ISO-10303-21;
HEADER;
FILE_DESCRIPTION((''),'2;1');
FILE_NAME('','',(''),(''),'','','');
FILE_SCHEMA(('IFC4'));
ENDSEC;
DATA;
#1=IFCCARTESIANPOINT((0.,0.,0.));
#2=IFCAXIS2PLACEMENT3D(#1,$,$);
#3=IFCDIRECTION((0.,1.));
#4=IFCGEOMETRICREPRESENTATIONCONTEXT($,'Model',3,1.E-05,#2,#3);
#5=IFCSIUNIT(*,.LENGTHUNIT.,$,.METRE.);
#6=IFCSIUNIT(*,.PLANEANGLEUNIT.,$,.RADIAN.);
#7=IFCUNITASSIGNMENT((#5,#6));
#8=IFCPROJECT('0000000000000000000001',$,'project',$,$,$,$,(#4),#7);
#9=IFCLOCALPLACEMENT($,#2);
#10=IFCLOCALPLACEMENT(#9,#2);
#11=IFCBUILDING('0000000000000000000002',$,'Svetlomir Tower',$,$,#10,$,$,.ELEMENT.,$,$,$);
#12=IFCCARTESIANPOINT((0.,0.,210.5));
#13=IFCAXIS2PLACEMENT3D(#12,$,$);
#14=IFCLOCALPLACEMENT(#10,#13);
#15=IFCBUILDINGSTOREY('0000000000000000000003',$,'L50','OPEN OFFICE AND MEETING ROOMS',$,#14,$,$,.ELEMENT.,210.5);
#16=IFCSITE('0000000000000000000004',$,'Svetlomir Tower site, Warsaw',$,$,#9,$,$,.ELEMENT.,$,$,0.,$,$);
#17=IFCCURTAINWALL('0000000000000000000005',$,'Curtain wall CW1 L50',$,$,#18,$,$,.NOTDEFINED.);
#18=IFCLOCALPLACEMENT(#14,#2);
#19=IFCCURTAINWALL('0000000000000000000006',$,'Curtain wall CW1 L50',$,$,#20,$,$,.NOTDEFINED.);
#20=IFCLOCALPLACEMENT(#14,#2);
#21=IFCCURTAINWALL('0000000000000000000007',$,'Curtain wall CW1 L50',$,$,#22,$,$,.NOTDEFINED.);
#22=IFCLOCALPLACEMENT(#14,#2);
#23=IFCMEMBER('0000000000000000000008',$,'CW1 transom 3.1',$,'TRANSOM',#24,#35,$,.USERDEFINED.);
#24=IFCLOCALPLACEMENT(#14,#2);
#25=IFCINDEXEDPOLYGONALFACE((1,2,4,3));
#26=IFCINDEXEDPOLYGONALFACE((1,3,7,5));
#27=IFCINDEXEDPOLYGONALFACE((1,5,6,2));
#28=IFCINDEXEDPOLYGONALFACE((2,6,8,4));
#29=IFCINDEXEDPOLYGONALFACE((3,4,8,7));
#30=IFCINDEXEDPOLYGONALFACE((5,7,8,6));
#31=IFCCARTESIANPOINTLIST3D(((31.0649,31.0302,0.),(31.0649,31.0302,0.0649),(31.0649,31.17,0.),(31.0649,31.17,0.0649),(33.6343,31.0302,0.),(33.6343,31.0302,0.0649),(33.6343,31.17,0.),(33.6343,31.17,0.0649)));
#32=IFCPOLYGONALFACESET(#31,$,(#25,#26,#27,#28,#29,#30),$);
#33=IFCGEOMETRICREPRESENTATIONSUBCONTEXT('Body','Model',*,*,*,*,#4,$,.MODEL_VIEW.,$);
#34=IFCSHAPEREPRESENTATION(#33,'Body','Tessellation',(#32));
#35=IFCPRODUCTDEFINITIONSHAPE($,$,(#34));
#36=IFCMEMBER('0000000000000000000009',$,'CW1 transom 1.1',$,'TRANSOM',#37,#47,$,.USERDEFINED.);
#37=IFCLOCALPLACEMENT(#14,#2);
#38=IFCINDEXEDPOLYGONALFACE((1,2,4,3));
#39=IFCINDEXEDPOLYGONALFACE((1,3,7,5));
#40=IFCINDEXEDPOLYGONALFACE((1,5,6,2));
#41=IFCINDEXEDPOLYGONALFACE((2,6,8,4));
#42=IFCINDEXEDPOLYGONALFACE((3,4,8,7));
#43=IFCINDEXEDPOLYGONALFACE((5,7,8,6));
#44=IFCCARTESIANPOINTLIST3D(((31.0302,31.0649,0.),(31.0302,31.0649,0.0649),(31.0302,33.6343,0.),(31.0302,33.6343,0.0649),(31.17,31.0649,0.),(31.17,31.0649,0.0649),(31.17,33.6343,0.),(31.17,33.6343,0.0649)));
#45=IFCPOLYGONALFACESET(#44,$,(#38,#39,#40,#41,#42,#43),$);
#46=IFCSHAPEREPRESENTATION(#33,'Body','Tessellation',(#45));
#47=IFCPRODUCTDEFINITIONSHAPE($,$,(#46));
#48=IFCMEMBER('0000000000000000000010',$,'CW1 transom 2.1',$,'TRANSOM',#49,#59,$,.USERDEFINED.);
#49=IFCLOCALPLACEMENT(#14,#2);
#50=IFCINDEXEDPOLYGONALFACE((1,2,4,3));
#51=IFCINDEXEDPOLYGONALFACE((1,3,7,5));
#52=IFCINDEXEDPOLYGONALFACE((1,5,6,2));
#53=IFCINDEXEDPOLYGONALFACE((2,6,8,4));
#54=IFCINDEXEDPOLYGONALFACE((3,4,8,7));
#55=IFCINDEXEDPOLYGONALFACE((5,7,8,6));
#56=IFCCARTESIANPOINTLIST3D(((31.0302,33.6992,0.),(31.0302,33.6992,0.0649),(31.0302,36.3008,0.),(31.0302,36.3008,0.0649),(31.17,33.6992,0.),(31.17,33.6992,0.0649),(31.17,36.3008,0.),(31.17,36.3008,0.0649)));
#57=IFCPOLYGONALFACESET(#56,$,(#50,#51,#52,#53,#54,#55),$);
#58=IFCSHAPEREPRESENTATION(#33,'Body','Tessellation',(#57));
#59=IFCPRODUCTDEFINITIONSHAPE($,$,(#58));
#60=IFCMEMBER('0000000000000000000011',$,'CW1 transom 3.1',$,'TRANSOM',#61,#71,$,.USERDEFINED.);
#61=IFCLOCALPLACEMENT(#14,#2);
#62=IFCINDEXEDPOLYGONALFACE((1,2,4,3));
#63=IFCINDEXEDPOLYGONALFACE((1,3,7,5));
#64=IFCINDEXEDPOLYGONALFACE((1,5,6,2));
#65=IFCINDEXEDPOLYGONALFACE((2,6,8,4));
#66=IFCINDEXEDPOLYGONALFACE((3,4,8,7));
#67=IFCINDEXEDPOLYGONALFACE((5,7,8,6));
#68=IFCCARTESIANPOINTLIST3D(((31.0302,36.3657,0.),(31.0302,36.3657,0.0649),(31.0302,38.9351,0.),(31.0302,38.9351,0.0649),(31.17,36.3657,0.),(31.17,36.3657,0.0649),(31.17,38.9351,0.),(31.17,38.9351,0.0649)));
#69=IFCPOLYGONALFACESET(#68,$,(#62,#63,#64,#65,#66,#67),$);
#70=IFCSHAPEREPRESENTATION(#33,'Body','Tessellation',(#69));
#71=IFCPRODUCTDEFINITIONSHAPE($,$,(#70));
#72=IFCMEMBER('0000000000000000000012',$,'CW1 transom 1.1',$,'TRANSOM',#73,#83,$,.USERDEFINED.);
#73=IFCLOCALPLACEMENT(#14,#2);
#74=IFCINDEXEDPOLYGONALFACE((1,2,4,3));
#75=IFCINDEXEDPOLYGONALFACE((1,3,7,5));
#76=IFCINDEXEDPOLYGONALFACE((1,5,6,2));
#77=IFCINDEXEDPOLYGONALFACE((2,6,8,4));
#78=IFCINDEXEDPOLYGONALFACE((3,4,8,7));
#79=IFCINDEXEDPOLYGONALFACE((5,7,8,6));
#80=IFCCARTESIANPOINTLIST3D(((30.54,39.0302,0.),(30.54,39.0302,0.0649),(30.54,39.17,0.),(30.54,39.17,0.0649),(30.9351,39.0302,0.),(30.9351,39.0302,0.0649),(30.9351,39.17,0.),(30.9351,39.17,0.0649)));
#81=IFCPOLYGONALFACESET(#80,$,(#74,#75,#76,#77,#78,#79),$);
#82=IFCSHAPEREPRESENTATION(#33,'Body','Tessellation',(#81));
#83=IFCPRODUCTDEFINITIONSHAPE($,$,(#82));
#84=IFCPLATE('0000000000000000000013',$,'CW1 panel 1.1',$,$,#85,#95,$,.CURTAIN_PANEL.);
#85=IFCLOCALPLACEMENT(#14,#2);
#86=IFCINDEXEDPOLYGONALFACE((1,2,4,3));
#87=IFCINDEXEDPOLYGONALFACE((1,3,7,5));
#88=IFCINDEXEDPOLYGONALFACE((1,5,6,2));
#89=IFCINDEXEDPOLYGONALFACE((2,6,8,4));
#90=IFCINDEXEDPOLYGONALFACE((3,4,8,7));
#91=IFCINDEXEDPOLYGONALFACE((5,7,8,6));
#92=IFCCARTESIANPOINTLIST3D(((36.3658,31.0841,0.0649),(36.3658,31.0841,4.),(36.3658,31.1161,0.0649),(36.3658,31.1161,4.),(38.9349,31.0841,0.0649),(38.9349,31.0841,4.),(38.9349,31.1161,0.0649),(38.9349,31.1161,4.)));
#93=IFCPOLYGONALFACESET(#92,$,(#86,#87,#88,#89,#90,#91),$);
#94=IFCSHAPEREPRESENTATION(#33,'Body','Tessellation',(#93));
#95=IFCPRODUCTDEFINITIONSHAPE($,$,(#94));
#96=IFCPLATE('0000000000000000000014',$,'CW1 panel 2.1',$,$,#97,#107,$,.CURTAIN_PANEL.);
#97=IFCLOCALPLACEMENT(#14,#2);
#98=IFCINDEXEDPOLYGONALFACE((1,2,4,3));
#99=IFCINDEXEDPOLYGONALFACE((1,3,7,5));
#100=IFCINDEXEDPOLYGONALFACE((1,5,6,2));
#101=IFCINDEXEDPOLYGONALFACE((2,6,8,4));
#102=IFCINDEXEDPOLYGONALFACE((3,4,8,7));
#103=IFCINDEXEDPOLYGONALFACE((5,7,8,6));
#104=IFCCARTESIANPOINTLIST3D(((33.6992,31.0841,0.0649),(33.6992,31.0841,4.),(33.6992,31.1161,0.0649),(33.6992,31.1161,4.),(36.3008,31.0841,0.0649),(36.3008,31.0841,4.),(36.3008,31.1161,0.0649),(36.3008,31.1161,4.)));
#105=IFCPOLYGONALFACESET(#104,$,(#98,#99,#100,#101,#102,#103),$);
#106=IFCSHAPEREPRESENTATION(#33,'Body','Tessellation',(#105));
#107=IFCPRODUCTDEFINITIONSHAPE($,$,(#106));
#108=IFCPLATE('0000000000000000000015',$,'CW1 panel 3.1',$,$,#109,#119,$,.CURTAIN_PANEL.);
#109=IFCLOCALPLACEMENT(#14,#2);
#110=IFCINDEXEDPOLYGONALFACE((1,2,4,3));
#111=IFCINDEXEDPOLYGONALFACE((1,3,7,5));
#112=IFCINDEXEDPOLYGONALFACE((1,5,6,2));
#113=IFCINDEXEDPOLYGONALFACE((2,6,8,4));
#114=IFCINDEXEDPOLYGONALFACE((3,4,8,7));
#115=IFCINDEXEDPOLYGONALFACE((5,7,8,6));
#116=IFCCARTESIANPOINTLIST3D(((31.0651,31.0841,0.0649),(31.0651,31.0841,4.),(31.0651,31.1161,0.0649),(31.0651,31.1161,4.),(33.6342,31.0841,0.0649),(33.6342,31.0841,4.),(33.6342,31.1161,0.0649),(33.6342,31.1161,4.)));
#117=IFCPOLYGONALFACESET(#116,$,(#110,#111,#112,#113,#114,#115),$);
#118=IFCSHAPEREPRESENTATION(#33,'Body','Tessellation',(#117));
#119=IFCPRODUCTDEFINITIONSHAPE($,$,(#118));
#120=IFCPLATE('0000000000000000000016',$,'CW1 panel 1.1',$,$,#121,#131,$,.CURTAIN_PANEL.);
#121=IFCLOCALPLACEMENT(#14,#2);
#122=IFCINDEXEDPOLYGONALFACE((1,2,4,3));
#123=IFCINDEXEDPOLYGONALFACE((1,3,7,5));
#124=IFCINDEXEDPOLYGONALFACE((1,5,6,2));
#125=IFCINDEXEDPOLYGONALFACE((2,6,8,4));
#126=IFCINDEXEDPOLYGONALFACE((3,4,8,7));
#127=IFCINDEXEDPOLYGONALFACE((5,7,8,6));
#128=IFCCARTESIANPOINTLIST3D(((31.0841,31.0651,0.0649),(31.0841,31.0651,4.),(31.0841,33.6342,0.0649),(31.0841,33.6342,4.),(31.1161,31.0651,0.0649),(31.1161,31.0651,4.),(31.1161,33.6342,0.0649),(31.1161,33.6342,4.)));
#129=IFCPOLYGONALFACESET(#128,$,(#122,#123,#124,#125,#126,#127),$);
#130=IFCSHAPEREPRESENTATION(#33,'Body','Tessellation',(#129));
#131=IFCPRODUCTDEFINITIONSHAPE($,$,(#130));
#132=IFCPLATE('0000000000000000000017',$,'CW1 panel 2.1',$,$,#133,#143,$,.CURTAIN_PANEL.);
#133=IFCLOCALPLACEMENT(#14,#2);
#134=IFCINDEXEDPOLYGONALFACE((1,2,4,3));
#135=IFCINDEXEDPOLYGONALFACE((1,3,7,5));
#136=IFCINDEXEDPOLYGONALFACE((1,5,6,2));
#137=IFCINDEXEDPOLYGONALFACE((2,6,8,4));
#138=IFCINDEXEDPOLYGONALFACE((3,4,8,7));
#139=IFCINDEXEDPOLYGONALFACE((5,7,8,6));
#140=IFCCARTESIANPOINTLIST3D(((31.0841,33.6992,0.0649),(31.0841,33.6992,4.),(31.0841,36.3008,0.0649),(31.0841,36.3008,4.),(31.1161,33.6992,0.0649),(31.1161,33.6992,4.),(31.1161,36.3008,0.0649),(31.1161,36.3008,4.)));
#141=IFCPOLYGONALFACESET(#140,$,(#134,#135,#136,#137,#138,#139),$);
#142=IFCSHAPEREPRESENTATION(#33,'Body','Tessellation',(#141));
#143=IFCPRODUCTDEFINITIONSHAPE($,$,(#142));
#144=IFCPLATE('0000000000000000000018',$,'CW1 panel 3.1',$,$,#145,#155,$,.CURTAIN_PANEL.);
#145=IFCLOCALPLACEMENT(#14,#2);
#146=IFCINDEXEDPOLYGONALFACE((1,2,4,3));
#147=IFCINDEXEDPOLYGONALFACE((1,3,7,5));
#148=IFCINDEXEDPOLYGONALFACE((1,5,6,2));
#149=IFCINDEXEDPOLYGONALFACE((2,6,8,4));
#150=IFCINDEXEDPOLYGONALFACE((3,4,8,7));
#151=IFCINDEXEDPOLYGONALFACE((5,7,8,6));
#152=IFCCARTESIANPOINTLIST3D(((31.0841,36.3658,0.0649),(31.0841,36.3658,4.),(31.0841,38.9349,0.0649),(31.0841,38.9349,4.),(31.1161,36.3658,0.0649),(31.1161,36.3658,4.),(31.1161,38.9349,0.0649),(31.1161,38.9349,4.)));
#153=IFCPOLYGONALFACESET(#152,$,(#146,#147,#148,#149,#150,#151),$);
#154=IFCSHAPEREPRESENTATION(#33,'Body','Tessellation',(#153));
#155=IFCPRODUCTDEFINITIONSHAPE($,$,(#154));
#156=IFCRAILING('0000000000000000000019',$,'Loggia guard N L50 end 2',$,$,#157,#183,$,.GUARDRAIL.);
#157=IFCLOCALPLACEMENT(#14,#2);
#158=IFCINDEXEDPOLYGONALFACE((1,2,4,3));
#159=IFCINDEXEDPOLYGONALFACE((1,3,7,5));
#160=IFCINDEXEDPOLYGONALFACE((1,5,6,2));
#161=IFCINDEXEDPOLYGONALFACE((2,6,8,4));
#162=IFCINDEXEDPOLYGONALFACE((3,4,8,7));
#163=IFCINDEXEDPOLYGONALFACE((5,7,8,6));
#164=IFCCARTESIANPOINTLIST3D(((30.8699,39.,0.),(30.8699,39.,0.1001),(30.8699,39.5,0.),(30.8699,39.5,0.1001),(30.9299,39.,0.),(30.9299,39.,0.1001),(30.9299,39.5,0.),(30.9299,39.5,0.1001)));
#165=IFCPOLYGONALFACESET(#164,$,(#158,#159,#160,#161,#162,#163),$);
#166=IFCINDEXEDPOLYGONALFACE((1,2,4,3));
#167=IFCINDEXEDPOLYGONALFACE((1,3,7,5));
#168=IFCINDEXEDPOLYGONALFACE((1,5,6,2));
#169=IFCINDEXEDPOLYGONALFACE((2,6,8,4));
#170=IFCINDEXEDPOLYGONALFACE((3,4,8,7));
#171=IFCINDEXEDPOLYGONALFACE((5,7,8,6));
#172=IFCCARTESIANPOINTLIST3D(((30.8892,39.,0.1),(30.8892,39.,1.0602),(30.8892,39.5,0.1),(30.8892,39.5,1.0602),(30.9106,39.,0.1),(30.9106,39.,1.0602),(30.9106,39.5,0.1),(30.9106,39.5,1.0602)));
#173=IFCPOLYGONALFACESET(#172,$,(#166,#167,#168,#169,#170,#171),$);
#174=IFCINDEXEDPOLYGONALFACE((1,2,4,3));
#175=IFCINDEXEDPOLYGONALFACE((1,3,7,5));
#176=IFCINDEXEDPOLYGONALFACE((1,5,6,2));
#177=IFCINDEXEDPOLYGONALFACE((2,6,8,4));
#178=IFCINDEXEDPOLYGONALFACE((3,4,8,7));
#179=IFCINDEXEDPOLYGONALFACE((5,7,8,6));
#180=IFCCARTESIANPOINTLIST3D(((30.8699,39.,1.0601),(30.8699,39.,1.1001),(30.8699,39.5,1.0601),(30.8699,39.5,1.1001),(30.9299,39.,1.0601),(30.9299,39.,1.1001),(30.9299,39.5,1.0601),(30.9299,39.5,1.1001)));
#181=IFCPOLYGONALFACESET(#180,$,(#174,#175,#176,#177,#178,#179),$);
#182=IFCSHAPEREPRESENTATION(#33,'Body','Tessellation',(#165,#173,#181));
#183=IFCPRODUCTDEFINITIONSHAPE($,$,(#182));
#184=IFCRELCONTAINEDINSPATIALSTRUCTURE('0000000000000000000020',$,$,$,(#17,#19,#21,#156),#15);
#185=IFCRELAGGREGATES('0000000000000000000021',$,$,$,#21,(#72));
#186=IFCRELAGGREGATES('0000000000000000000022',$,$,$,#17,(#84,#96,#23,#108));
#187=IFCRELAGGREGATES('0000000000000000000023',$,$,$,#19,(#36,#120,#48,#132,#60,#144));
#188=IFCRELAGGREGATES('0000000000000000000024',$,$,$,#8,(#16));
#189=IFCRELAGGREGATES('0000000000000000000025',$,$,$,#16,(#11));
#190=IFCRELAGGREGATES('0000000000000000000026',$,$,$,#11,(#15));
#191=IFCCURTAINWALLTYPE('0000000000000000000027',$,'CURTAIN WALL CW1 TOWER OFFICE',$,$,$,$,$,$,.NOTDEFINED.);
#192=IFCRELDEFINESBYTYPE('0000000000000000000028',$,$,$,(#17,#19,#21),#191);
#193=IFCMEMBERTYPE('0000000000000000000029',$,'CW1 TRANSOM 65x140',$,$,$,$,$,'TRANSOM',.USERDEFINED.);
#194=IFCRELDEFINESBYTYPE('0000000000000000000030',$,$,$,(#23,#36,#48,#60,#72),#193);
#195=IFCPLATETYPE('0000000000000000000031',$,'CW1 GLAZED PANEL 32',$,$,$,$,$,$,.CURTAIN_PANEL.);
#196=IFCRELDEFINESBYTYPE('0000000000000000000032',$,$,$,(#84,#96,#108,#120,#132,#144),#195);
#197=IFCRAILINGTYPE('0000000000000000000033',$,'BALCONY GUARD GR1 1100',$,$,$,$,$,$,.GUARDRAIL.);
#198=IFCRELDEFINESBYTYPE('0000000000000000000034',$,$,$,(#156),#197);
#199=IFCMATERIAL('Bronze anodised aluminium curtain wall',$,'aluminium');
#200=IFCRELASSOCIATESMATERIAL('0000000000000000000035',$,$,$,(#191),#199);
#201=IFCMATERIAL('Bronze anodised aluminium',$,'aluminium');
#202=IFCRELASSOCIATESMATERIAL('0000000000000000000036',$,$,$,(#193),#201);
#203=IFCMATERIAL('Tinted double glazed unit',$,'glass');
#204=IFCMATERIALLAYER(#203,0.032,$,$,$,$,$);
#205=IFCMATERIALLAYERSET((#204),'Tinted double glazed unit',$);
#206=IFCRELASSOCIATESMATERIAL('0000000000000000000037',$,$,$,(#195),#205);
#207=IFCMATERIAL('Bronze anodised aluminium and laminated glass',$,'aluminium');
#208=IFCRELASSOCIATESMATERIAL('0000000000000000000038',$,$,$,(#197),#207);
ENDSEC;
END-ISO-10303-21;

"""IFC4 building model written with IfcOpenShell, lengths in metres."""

from ifc_helpers import new_model, si_unit, direction, frame, origin, origin_2d, place, context, subcontext, project, spatial, rectangle, extrude, material, layer, layer_set, material_profile, profile_set, type_object, element, aggregate, save


model = new_model("IFC4")

# Units and contexts
model_context = context("Model", 3, precision=1e-05, world=origin(), true_north=direction((0.0, 1.0)))
body_context = subcontext(model_context, "Body", "Model", "MODEL_VIEW")
ifc_project = project(units=[si_unit("LENGTHUNIT", "METRE"), si_unit("PLANEANGLEUNIT", "RADIAN")], contexts=[model_context])

# Site, building, storey
site_placement = place(None, origin())
site = spatial("IfcSite", under=ifc_project, at=site_placement, Name="Svetlomir Tower site, Warsaw", CompositionType="ELEMENT", RefElevation=0.0)
building_placement = place(site_placement, origin())
building = spatial("IfcBuilding", under=site, at=building_placement, Name="Svetlomir Tower", CompositionType="ELEMENT")
storey_placement = place(building_placement, frame((0.0, 0.0, 210.5)))
storey = spatial("IfcBuildingStorey", under=building, at=storey_placement, Name="L50", Description="OPEN OFFICE AND MEETING ROOMS", CompositionType="ELEMENT", Elevation=210.5)

# Curtain walls
ifc_material_1 = material(Name="Bronze anodised aluminium curtain wall", Category="aluminium")
curtain_wall_type = type_object("IfcCurtainWallType", Name="CURTAIN WALL CW1 TOWER OFFICE", PredefinedType="NOTDEFINED", material=ifc_material_1)
curtain_wall_1_placement = place(storey_placement, origin())
curtain_wall_1 = element("IfcCurtainWall", 1, at=curtain_wall_1_placement, inside=storey, type_object=curtain_wall_type, Name="Curtain wall CW1 L50", PredefinedType="NOTDEFINED")
curtain_wall_2_placement = place(storey_placement, origin())
curtain_wall_2 = element("IfcCurtainWall", 2, at=curtain_wall_2_placement, inside=storey, type_object=curtain_wall_type, Name="Curtain wall CW1 L50", PredefinedType="NOTDEFINED")

# Curtain wall
curtain_wall_3_placement = place(storey_placement, origin())
curtain_wall_3 = element("IfcCurtainWall", 3, at=curtain_wall_3_placement, inside=storey, type_object=curtain_wall_type, Name="Curtain wall CW1 L50", PredefinedType="NOTDEFINED")

# Members
ifc_material_2 = material(Name="Bronze anodised aluminium", Category="aluminium")
ifc_material_profile_1 = material_profile(ifc_material_2, rectangle(XDim=0.1399, YDim=0.0649, at=origin_2d()), Name="AL 140x65")
ifc_profile_set_1 = profile_set([ifc_material_profile_1], Name="Bronze anodised aluminium 6063-T6")
member_type_1 = type_object("IfcMemberType", Name="CW1 TRANSOM 65x140", ElementType="TRANSOM", PredefinedType="USERDEFINED", material=ifc_profile_set_1)
member_1_placement = place(storey_placement, frame((33.6343, 31.1001, 0.0325), z_axis=(-1.0, 0.0, 0.0), x_axis=(0.0, -1.0, 0.0)))
member_1 = element("IfcMember", 4, at=member_1_placement, type_object=member_type_1, Name="CW1 transom 3.1", ObjectType="TRANSOM", PredefinedType="USERDEFINED", context=body_context, shape_type="SweptSolid", body=[
    extrude(rectangle(XDim=0.1399, YDim=0.0649, at=origin_2d()), origin(), (0.0, 0.0, 1.0), 2.5693),
])
member_2_placement = place(storey_placement, frame((31.1001, 31.0649, 0.0325), z_axis=(0.0, 1.0, 0.0), x_axis=(-1.0, 0.0, 0.0)))
member_2 = element("IfcMember", 5, at=member_2_placement, type_object=member_type_1, Name="CW1 transom 1.1", ObjectType="TRANSOM", PredefinedType="USERDEFINED", context=body_context, shape_type="SweptSolid", body=[
    extrude(rectangle(XDim=0.1399, YDim=0.0649, at=origin_2d()), origin(), (0.0, 0.0, 1.0), 2.5693),
])
member_3_placement = place(storey_placement, frame((31.1001, 33.6992, 0.0325), z_axis=(0.0, 1.0, 0.0), x_axis=(-1.0, 0.0, 0.0)))
member_3 = element("IfcMember", 6, at=member_3_placement, type_object=member_type_1, Name="CW1 transom 2.1", ObjectType="TRANSOM", PredefinedType="USERDEFINED", context=body_context, shape_type="SweptSolid", body=[
    extrude(rectangle(XDim=0.1399, YDim=0.0649, at=origin_2d()), origin(), (0.0, 0.0, 1.0), 2.6016),
])
member_4_placement = place(storey_placement, frame((31.1001, 36.3657, 0.0325), z_axis=(0.0, 1.0, 0.0), x_axis=(-1.0, 0.0, 0.0)))
member_4 = element("IfcMember", 7, at=member_4_placement, type_object=member_type_1, Name="CW1 transom 3.1", ObjectType="TRANSOM", PredefinedType="USERDEFINED", context=body_context, shape_type="SweptSolid", body=[
    extrude(rectangle(XDim=0.1399, YDim=0.0649, at=origin_2d()), origin(), (0.0, 0.0, 1.0), 2.5693),
])
member_5_placement = place(storey_placement, frame((30.9351, 39.1001, 0.0325), z_axis=(-1.0, 0.0, 0.0), x_axis=(0.0, -1.0, 0.0)))
member_5 = element("IfcMember", 8, at=member_5_placement, type_object=member_type_1, Name="CW1 transom 1.1", ObjectType="TRANSOM", PredefinedType="USERDEFINED", context=body_context, shape_type="SweptSolid", body=[
    extrude(rectangle(XDim=0.1399, YDim=0.0649, at=origin_2d()), origin(), (0.0, 0.0, 1.0), 0.395),
])
aggregate(curtain_wall_3, [member_5])

# Plates
ifc_material_3 = material(Name="Tinted double glazed unit", Category="glass")
ifc_layer = layer(ifc_material_3, 0.032)
ifc_layer_set = layer_set([ifc_layer], Name="Tinted double glazed unit")
plate_type = type_object("IfcPlateType", Name="CW1 GLAZED PANEL 32", PredefinedType="CURTAIN_PANEL", material=ifc_layer_set)
plate_1_placement = place(storey_placement, frame((37.6504, 31.1001, 0.0649), z_axis=(0.0, 0.0, 1.0), x_axis=(-1.0, 0.0, 0.0)))
plate_1 = element("IfcPlate", 9, at=plate_1_placement, type_object=plate_type, Name="CW1 panel 1.1", PredefinedType="CURTAIN_PANEL", context=body_context, shape_type="SweptSolid", body=[
    extrude(rectangle(XDim=2.5691, YDim=0.032, at=origin_2d()), origin(), (0.0, 0.0, 1.0), 3.9351),
])
plate_2_placement = place(storey_placement, frame((35.0, 31.1001, 0.0649), z_axis=(0.0, 0.0, 1.0), x_axis=(-1.0, 0.0, 0.0)))
plate_2 = element("IfcPlate", 10, at=plate_2_placement, type_object=plate_type, Name="CW1 panel 2.1", PredefinedType="CURTAIN_PANEL", context=body_context, shape_type="SweptSolid", body=[
    extrude(rectangle(XDim=2.6016, YDim=0.032, at=origin_2d()), origin(), (0.0, 0.0, 1.0), 3.9351),
])
plate_3_placement = place(storey_placement, frame((32.3496, 31.1001, 0.0649), z_axis=(0.0, 0.0, 1.0), x_axis=(-1.0, 0.0, 0.0)))
plate_3 = element("IfcPlate", 11, at=plate_3_placement, type_object=plate_type, Name="CW1 panel 3.1", PredefinedType="CURTAIN_PANEL", context=body_context, shape_type="SweptSolid", body=[
    extrude(rectangle(XDim=2.5691, YDim=0.032, at=origin_2d()), origin(), (0.0, 0.0, 1.0), 3.9351),
])
aggregate(curtain_wall_1, [plate_1, plate_2, member_1, plate_3])
plate_4_placement = place(storey_placement, frame((31.1001, 32.3496, 0.0649), z_axis=(0.0, 0.0, 1.0), x_axis=(0.0, 1.0, 0.0)))
plate_4 = element("IfcPlate", 12, at=plate_4_placement, type_object=plate_type, Name="CW1 panel 1.1", PredefinedType="CURTAIN_PANEL", context=body_context, shape_type="SweptSolid", body=[
    extrude(rectangle(XDim=2.5691, YDim=0.032, at=origin_2d()), origin(), (0.0, 0.0, 1.0), 3.9351),
])
plate_5_placement = place(storey_placement, frame((31.1001, 35.0, 0.0649), z_axis=(0.0, 0.0, 1.0), x_axis=(0.0, 1.0, 0.0)))
plate_5 = element("IfcPlate", 13, at=plate_5_placement, type_object=plate_type, Name="CW1 panel 2.1", PredefinedType="CURTAIN_PANEL", context=body_context, shape_type="SweptSolid", body=[
    extrude(rectangle(XDim=2.6016, YDim=0.032, at=origin_2d()), origin(), (0.0, 0.0, 1.0), 3.9351),
])
plate_6_placement = place(storey_placement, frame((31.1001, 37.6504, 0.0649), z_axis=(0.0, 0.0, 1.0), x_axis=(0.0, 1.0, 0.0)))
plate_6 = element("IfcPlate", 14, at=plate_6_placement, type_object=plate_type, Name="CW1 panel 3.1", PredefinedType="CURTAIN_PANEL", context=body_context, shape_type="SweptSolid", body=[
    extrude(rectangle(XDim=2.5691, YDim=0.032, at=origin_2d()), origin(), (0.0, 0.0, 1.0), 3.9351),
])
aggregate(curtain_wall_2, [member_2, plate_4, member_3, plate_5, member_4, plate_6])

# Railing
ifc_material_4 = material(Name="Bronze anodised aluminium and laminated glass", Category="aluminium")
railing_type = type_object("IfcRailingType", Name="BALCONY GUARD GR1 1100", PredefinedType="GUARDRAIL", material=ifc_material_4)
railing_placement = place(storey_placement, frame((30.8999, 39.5, 0.0)))
element("IfcRailing", 15, at=railing_placement, inside=storey, type_object=railing_type, Name="Loggia guard N L50 end 2", PredefinedType="GUARDRAIL", context=body_context, shape_type="SweptSolid", body=[
    extrude(rectangle(XDim=0.0601, YDim=0.1001, at=origin_2d()), frame((0.0, 0.0, 0.05), z_axis=(0.0, -1.0, 0.0), x_axis=(1.0, 0.0, 0.0)), (0.0, 0.0, 1.0), 0.5),
    extrude(rectangle(XDim=0.0215, YDim=0.9602, at=origin_2d()), frame((0.0, 0.0, 0.5801), z_axis=(0.0, -1.0, 0.0), x_axis=(1.0, 0.0, 0.0)), (0.0, 0.0, 1.0), 0.5),
    extrude(rectangle(XDim=0.0601, YDim=0.04, at=origin_2d()), frame((0.0, 0.0, 1.0801), z_axis=(0.0, -1.0, 0.0), x_axis=(1.0, 0.0, 0.0)), (0.0, 0.0, 1.0), 0.5),
])

save(model, "model.ifc")
